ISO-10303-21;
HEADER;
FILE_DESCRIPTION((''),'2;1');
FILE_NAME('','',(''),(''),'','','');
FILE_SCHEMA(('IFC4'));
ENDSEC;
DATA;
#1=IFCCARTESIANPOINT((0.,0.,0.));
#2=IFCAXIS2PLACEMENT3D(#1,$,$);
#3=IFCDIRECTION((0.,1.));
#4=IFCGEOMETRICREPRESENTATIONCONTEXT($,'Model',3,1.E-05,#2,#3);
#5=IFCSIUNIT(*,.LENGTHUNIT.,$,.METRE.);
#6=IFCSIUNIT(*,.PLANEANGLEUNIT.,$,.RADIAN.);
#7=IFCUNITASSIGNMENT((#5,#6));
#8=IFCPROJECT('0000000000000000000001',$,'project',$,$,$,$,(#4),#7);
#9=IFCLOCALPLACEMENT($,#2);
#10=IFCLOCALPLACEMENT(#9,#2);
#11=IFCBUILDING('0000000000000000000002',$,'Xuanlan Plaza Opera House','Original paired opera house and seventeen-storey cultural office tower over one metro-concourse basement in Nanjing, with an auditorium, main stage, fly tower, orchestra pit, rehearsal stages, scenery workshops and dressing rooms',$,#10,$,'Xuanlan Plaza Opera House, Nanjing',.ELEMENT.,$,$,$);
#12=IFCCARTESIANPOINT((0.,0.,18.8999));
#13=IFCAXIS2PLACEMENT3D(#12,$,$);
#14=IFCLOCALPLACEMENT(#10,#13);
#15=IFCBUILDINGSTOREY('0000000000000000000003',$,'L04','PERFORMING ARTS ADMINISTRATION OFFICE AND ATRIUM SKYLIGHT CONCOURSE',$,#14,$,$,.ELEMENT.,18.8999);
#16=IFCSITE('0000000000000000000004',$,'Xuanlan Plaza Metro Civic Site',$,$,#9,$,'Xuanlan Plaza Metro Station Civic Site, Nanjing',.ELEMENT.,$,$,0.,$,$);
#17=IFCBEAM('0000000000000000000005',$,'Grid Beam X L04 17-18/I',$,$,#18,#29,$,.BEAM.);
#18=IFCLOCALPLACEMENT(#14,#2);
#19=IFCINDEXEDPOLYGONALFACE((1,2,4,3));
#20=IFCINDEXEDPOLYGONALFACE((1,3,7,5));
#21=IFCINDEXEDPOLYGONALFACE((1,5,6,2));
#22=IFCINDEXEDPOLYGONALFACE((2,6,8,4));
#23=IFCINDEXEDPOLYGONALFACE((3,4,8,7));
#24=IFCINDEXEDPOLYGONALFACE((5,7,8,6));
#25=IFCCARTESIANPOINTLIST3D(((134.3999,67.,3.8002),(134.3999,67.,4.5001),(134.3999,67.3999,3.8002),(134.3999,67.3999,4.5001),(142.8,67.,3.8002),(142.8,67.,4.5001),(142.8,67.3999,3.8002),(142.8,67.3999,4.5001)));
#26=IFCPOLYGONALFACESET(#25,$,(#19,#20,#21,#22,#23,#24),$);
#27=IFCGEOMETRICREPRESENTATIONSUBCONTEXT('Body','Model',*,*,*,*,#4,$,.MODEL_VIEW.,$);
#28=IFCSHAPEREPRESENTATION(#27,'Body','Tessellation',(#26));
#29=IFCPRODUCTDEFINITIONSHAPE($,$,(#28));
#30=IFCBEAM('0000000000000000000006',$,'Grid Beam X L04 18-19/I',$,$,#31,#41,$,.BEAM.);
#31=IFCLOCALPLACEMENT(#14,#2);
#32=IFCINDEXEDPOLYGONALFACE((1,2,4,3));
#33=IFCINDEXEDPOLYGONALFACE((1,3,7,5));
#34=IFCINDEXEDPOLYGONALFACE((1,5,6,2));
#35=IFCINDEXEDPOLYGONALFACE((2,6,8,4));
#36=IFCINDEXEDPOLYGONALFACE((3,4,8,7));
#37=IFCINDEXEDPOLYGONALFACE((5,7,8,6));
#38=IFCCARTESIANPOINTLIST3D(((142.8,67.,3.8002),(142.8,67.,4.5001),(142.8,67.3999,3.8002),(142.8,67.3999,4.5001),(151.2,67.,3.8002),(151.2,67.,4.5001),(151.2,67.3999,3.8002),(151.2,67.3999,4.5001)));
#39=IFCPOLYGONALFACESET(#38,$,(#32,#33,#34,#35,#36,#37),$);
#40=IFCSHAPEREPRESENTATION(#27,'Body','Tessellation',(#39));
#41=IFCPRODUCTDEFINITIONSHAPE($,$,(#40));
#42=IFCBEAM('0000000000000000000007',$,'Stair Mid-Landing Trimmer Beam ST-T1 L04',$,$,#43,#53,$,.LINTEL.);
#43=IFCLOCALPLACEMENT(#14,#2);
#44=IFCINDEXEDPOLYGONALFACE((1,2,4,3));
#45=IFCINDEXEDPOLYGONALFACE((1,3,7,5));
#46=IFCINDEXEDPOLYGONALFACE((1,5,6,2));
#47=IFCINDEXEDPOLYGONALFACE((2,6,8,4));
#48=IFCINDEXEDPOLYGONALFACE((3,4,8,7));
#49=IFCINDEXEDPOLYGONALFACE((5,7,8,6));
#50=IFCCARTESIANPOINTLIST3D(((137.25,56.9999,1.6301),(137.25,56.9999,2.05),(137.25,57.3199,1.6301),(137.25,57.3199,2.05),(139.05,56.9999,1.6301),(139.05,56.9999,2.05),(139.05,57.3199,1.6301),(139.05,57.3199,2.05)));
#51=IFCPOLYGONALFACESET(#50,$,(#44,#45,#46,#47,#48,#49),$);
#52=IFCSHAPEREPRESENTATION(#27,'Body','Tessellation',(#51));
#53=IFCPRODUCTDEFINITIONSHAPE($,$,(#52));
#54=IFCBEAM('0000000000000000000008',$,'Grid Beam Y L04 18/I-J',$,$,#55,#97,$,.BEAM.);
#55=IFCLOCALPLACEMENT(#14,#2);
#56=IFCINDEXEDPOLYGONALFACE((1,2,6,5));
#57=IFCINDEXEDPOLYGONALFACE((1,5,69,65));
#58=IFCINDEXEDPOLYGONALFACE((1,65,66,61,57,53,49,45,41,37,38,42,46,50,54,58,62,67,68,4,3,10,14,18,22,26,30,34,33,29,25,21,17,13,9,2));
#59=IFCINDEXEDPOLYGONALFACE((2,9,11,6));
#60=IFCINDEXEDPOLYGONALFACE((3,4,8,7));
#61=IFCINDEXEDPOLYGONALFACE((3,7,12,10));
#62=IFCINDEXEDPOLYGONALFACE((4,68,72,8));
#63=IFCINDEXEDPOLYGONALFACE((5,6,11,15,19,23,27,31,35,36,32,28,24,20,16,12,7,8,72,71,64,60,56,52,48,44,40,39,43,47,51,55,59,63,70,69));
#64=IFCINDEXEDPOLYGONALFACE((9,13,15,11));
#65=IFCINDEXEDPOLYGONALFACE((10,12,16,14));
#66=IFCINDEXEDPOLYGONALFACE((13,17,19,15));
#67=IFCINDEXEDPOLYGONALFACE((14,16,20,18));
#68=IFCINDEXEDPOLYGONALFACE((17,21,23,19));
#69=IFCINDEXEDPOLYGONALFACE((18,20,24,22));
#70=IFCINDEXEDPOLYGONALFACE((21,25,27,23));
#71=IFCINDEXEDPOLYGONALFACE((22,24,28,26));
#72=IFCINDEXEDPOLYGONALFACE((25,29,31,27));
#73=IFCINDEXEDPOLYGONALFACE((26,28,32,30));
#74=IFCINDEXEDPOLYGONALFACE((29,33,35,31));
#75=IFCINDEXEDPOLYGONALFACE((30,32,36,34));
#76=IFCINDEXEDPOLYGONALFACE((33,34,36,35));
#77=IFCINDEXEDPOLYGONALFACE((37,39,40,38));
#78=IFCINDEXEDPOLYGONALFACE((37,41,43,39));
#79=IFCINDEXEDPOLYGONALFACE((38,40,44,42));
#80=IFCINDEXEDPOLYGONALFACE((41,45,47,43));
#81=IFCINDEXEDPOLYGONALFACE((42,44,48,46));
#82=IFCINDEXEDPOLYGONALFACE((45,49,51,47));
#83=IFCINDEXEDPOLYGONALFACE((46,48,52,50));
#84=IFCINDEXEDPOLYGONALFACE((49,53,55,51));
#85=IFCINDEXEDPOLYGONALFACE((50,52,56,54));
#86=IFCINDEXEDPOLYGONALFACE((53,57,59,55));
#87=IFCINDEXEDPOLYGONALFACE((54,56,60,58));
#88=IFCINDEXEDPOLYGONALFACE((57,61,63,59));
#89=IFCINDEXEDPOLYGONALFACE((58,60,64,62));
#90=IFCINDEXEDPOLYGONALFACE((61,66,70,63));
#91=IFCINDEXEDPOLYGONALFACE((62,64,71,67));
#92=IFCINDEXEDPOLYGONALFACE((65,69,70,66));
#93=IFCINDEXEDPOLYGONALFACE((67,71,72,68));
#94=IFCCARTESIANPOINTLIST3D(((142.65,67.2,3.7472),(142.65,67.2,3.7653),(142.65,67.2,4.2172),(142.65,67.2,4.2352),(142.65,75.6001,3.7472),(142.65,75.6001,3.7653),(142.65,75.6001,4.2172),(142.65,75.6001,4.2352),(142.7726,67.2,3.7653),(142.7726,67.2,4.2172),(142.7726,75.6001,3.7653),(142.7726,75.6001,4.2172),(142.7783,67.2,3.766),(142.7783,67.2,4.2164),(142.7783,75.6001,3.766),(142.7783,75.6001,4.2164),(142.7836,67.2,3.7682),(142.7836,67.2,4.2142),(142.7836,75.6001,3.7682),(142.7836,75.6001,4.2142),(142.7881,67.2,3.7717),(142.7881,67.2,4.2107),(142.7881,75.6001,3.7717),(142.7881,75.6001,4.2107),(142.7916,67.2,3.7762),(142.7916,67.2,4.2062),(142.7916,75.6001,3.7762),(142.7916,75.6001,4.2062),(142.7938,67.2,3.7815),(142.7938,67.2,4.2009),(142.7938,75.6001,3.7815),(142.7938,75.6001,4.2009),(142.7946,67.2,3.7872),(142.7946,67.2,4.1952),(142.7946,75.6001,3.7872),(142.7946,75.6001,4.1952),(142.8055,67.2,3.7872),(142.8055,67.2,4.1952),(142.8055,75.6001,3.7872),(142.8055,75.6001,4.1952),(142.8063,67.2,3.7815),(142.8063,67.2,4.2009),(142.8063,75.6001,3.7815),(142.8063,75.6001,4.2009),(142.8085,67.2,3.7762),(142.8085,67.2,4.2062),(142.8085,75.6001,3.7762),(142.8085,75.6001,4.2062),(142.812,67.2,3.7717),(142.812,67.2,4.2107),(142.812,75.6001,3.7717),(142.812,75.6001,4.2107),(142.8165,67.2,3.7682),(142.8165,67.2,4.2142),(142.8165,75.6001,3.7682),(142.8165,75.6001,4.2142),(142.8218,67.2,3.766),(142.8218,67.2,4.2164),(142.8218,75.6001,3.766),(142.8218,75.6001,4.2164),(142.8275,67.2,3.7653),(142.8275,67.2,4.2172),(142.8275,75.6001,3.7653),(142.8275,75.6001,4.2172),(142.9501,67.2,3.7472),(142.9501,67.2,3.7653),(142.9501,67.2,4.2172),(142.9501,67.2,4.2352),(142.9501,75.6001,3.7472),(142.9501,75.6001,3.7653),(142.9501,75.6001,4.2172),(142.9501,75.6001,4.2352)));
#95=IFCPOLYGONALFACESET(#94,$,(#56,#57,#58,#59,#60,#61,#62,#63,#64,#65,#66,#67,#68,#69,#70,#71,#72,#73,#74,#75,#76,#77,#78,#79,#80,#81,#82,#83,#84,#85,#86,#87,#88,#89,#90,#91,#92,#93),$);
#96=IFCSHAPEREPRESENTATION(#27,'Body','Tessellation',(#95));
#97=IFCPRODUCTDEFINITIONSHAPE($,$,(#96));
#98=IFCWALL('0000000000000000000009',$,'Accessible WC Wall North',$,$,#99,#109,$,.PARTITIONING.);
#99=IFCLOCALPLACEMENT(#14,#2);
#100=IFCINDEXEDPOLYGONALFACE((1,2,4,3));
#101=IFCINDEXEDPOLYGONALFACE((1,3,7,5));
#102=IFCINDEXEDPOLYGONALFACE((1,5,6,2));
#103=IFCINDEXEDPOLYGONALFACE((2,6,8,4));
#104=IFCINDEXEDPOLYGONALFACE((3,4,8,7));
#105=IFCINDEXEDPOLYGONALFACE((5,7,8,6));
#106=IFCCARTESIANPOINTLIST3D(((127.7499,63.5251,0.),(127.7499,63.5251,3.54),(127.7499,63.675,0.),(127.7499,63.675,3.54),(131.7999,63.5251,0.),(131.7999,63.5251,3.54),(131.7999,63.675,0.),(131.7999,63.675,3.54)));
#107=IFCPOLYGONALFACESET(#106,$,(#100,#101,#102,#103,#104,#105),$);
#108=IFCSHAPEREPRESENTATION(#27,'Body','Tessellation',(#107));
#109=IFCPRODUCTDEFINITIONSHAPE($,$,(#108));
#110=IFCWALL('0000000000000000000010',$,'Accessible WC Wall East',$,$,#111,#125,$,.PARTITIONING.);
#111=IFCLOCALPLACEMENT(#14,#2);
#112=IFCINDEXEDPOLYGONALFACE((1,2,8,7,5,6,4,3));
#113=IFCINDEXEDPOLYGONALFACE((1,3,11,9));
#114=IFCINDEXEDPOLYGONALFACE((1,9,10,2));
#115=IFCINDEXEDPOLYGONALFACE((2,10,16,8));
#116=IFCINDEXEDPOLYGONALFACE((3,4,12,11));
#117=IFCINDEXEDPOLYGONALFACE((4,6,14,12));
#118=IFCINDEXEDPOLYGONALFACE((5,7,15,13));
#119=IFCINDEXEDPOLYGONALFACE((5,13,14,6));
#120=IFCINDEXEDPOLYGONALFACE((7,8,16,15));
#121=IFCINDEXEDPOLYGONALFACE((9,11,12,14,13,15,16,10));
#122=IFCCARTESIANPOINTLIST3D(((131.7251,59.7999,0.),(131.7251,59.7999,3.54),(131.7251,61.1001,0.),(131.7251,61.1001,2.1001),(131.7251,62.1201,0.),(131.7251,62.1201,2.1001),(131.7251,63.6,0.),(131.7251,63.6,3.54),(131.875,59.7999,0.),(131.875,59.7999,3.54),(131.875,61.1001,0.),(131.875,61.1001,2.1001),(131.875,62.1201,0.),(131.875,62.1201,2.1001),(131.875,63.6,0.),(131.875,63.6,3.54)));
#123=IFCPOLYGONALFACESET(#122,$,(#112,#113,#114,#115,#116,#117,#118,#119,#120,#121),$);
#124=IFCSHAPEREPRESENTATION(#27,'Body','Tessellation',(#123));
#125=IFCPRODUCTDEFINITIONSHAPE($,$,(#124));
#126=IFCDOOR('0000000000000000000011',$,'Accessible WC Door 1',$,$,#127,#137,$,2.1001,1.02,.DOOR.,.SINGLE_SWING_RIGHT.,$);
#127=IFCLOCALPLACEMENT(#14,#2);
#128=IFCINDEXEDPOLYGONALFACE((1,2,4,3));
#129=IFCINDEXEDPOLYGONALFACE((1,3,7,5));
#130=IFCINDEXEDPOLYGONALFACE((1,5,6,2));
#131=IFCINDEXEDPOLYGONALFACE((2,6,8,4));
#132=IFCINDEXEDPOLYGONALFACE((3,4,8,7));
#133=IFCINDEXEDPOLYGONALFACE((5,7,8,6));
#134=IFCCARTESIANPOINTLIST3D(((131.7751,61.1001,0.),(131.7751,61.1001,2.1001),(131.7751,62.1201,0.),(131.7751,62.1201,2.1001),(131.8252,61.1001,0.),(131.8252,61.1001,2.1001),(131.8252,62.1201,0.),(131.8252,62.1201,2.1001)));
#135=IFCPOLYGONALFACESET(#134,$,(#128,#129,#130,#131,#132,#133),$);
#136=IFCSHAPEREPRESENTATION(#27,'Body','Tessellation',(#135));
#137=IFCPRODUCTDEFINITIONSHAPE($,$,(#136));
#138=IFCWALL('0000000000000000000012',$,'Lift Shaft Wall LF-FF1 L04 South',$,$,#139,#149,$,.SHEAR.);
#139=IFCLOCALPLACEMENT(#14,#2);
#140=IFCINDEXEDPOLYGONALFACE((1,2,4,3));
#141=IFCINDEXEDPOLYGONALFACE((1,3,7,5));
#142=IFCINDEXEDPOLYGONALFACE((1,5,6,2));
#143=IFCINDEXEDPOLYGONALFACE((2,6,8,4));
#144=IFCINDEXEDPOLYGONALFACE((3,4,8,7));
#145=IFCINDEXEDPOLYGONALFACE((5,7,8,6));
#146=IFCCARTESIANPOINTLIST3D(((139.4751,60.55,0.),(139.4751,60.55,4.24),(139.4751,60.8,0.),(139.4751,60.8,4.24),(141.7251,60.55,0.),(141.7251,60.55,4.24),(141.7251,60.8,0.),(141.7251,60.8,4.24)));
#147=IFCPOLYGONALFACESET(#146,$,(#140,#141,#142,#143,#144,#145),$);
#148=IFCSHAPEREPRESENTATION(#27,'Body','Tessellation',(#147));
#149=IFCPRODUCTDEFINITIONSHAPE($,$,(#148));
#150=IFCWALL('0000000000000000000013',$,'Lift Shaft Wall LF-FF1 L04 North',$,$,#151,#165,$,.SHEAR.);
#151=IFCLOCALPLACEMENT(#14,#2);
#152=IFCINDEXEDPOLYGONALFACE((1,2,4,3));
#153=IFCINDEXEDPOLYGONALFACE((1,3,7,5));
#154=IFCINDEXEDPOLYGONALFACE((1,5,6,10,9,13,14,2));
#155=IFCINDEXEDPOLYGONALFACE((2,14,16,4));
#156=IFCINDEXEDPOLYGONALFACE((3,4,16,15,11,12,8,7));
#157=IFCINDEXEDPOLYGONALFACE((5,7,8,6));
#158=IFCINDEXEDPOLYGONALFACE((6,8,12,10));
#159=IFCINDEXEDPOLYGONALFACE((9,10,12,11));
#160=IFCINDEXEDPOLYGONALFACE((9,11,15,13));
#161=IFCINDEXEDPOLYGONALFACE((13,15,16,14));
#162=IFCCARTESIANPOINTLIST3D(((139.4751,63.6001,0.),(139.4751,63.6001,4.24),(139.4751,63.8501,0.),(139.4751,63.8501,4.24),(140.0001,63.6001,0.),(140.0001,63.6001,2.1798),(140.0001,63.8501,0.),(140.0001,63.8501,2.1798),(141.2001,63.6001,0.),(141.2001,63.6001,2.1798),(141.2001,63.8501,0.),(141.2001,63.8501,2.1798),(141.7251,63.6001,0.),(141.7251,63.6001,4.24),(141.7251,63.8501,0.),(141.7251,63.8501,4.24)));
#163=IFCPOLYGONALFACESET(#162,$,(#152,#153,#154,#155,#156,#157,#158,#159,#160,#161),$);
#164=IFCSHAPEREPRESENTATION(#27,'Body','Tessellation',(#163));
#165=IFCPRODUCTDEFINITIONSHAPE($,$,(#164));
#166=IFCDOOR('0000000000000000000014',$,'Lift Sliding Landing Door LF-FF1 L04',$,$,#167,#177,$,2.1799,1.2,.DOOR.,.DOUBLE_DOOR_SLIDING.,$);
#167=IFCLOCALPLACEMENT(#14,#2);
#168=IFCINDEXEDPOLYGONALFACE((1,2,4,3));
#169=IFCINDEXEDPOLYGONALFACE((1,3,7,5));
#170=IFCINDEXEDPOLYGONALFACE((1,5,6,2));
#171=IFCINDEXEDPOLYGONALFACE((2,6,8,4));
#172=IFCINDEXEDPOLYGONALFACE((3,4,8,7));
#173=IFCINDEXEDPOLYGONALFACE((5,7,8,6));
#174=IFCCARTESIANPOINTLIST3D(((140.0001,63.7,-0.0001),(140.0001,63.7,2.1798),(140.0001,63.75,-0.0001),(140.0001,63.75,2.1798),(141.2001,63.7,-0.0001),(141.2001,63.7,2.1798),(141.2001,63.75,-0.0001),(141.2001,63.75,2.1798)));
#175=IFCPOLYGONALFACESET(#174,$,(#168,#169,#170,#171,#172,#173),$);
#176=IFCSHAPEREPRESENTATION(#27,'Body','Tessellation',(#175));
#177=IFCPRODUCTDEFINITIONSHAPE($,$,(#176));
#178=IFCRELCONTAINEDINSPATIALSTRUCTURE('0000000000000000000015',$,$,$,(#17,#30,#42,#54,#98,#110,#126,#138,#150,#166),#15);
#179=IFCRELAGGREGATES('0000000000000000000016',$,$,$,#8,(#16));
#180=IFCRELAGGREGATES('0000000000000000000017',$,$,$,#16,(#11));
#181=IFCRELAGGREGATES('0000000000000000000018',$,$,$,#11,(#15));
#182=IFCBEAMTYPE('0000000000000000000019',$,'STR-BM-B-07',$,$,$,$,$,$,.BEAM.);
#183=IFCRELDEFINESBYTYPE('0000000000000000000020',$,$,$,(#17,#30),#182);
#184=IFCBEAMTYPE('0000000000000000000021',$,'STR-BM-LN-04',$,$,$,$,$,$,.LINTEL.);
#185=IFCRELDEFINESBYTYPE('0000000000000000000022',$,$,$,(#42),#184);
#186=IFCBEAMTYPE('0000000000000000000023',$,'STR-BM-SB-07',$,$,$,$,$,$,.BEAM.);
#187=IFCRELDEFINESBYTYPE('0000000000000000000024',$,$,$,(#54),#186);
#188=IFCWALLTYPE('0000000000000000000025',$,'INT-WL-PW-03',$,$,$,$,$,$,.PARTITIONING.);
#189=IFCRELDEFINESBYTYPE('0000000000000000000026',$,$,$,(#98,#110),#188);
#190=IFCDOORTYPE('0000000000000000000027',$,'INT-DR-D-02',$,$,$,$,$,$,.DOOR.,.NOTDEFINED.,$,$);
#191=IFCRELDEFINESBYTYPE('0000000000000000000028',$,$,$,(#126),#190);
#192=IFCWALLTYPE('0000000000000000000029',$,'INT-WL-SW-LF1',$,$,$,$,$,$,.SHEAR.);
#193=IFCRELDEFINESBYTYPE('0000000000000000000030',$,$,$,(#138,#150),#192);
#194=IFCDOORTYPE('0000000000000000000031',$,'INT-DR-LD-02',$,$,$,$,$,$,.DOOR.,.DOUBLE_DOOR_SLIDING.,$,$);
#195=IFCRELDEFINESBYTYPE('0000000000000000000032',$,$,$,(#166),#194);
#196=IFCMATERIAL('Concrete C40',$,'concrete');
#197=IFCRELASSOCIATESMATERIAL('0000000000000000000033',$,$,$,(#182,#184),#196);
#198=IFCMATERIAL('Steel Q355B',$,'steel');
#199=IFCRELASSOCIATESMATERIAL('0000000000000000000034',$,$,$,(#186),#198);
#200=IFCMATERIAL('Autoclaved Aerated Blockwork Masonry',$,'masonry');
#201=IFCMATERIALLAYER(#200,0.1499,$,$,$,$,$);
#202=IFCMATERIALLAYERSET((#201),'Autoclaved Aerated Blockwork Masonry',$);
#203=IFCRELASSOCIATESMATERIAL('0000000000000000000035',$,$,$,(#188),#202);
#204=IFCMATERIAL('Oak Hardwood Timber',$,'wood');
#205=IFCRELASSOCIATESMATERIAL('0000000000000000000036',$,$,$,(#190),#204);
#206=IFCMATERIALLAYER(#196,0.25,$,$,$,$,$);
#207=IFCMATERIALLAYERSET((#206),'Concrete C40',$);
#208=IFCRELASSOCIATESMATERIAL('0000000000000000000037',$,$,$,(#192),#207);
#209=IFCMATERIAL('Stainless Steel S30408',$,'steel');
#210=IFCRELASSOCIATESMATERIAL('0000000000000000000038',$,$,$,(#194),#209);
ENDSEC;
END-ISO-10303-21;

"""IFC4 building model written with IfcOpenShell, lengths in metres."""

from ifc_helpers import new_model, si_unit, direction, frame, frame_2d, origin, origin_2d, place, context, subcontext, project, spatial, rectangle, i_section, extrude, material, layer, layer_set, material_profile, profile_set, type_object, element, fill, save


model = new_model("IFC4")

# Units and contexts
model_context = context("Model", 3, precision=1e-05, world=origin(), true_north=direction((0.0, 1.0)))
body_context = subcontext(model_context, "Body", "Model", "MODEL_VIEW")
ifc_project = project(units=[si_unit("LENGTHUNIT", "METRE"), si_unit("PLANEANGLEUNIT", "RADIAN")], contexts=[model_context])

# Site, building, storey
site_placement = place(None, origin())
site = spatial("IfcSite", under=ifc_project, at=site_placement, Name="Xuanlan Plaza Metro Civic Site", LongName="Xuanlan Plaza Metro Station Civic Site, Nanjing", CompositionType="ELEMENT", RefElevation=0.0)
building_placement = place(site_placement, origin())
building = spatial("IfcBuilding", under=site, at=building_placement, Name="Xuanlan Plaza Opera House", Description="Original paired opera house and seventeen-storey cultural office tower over one metro-concourse basement in Nanjing, with an auditorium, main stage, fly tower, orchestra pit, rehearsal stages, scenery workshops and dressing rooms", LongName="Xuanlan Plaza Opera House, Nanjing", CompositionType="ELEMENT")
storey_placement = place(building_placement, frame((0.0, 0.0, 18.8999)))
storey = spatial("IfcBuildingStorey", under=building, at=storey_placement, Name="L04", Description="PERFORMING ARTS ADMINISTRATION OFFICE AND ATRIUM SKYLIGHT CONCOURSE", CompositionType="ELEMENT", Elevation=18.8999)

# Shared definitions
ifc_material_1 = material(Name="Steel Q355B", Category="steel")

# Beams
ifc_material_2 = material(Name="Concrete C40", Category="concrete")
ifc_material_profile_1 = material_profile(ifc_material_2, rectangle(XDim=0.3999, YDim=0.7, at=origin_2d()), Name="RC-BM 400x700")
ifc_profile_set_1 = profile_set([ifc_material_profile_1], Name="Concrete C40")
beam_type_1 = type_object("IfcBeamType", Name="STR-BM-B-07", PredefinedType="BEAM", material=ifc_profile_set_1)
beam_1_placement = place(storey_placement, frame((134.3999, 67.2, 4.1501), z_axis=(1.0, 0.0, 0.0), x_axis=(0.0, 1.0, 0.0)))
element("IfcBeam", 1, at=beam_1_placement, inside=storey, type_object=beam_type_1, Name="Grid Beam X L04 17-18/I", PredefinedType="BEAM", context=body_context, shape_type="SweptSolid", body=[
    extrude(rectangle(XDim=0.3999, YDim=0.7, at=origin_2d()), origin(), (0.0, 0.0, 1.0), 8.4001),
])
beam_2_placement = place(storey_placement, frame((142.8, 67.2, 4.1501), z_axis=(1.0, 0.0, 0.0), x_axis=(0.0, 1.0, 0.0)))
element("IfcBeam", 2, at=beam_2_placement, inside=storey, type_object=beam_type_1, Name="Grid Beam X L04 18-19/I", PredefinedType="BEAM", context=body_context, shape_type="SweptSolid", body=[
    extrude(rectangle(XDim=0.3999, YDim=0.7, at=origin_2d()), origin(), (0.0, 0.0, 1.0), 8.3999),
])
ifc_material_profile_2 = material_profile(ifc_material_2, rectangle(XDim=0.3201, YDim=0.4199, at=origin_2d()), Name="RC-LNT 320x420")
ifc_profile_set_2 = profile_set([ifc_material_profile_2], Name="Concrete C40")
beam_type_2 = type_object("IfcBeamType", Name="STR-BM-LN-04", PredefinedType="LINTEL", material=ifc_profile_set_2)
beam_3_placement = place(storey_placement, frame((137.25, 57.1599, 1.8401), z_axis=(1.0, 0.0, 0.0), x_axis=(0.0, 1.0, 0.0)))
element("IfcBeam", 3, at=beam_3_placement, inside=storey, type_object=beam_type_2, Name="Stair Mid-Landing Trimmer Beam ST-T1 L04", PredefinedType="LINTEL", context=body_context, shape_type="SweptSolid", body=[
    extrude(rectangle(XDim=0.3201, YDim=0.4199, at=origin_2d()), origin(), (0.0, 0.0, 1.0), 1.8),
])
ifc_material_profile_3 = material_profile(ifc_material_1, i_section(OverallWidth=0.3, OverallDepth=0.488, WebThickness=0.011, FlangeThickness=0.0181, FilletRadius=0.022, at=origin_2d()), Name="HM 488x300x11x18")
ifc_profile_set_3 = profile_set([ifc_material_profile_3], Name="Steel Q355B")
beam_type_3 = type_object("IfcBeamType", Name="STR-BM-SB-07", PredefinedType="BEAM", material=ifc_profile_set_3)
beam_4_placement = place(storey_placement, frame((142.8, 67.2, 3.9912), z_axis=(0.0, 1.0, 0.0), x_axis=(-1.0, 0.0, 0.0)))
element("IfcBeam", 4, at=beam_4_placement, inside=storey, type_object=beam_type_3, Name="Grid Beam Y L04 18/I-J", PredefinedType="BEAM", context=body_context, shape_type="SweptSolid", body=[
    extrude(i_section(OverallWidth=0.3, OverallDepth=0.488, WebThickness=0.011, FlangeThickness=0.0181, FilletRadius=0.022, at=origin_2d()), origin(), (0.0, 0.0, 1.0), 8.4001),
])

# Wall
ifc_material_3 = material(Name="Autoclaved Aerated Blockwork Masonry", Category="masonry")
ifc_layer_1 = layer(ifc_material_3, 0.1499)
ifc_layer_set_1 = layer_set([ifc_layer_1], Name="Autoclaved Aerated Blockwork Masonry")
wall_type_1 = type_object("IfcWallType", Name="INT-WL-PW-03", PredefinedType="PARTITIONING", material=ifc_layer_set_1)
wall_1_placement = place(storey_placement, frame((127.75, 63.6001, 0.0), z_axis=(0.0, 0.0, 1.0), x_axis=(1.0, 0.0, 0.0)))
element("IfcWall", 5, at=wall_1_placement, inside=storey, type_object=wall_type_1, Name="Accessible WC Wall North", PredefinedType="PARTITIONING", context=body_context, shape_type="SweptSolid", body=[
    extrude(rectangle(XDim=4.05, YDim=0.1499, at=frame_2d((2.0249, 0.0))), origin(), (0.0, 0.0, 1.0), 3.54),
])

# Wall, opening, door
wall_2_placement = place(storey_placement, frame((131.8, 59.8, 0.0), z_axis=(0.0, 0.0, 1.0), x_axis=(0.0, 1.0, 0.0)))
wall_2 = element("IfcWall", 6, at=wall_2_placement, inside=storey, type_object=wall_type_1, Name="Accessible WC Wall East", PredefinedType="PARTITIONING", context=body_context, shape_type="SweptSolid", body=[
    extrude(rectangle(XDim=3.8, YDim=0.1499, at=frame_2d((1.8999, 0.0))), origin(), (0.0, 0.0, 1.0), 3.54),
])
opening_1_placement = place(wall_2_placement, frame((1.3, 0.0, 0.0)))
opening_1 = element("IfcOpeningElement", 7, at=opening_1_placement, cuts=wall_2, PredefinedType="OPENING", context=body_context, shape_type="SweptSolid", body=[
    extrude(rectangle(XDim=1.02, YDim=2.1001, at=frame_2d((0.51, 1.05))), frame((0.0, 0.085, 0.0), z_axis=(0.0, -1.0, 0.0), x_axis=(1.0, 0.0, 0.0)), (0.0, 0.0, 1.0), 0.1699),
])
ifc_material_4 = material(Name="Oak Hardwood Timber", Category="wood")
door_type_1 = type_object("IfcDoorType", Name="INT-DR-D-02", OperationType="NOTDEFINED", PredefinedType="DOOR", material=ifc_material_4)
door_1_placement = place(opening_1_placement, origin())
door_1 = element("IfcDoor", 8, at=door_1_placement, inside=storey, type_object=door_type_1, Name="Accessible WC Door 1", OperationType="SINGLE_SWING_RIGHT", OverallHeight=2.1001, OverallWidth=1.02, PredefinedType="DOOR", context=body_context, shape_type="SweptSolid", body=[
    extrude(rectangle(XDim=1.02, YDim=2.1001, at=frame_2d((0.51, 1.05))), frame((0.0, 0.0249, 0.0), z_axis=(0.0, -1.0, 0.0), x_axis=(1.0, 0.0, 0.0)), (0.0, 0.0, 1.0), 0.05),
])
fill(opening_1, door_1)

# Wall
ifc_layer_2 = layer(ifc_material_2, 0.25)
ifc_layer_set_2 = layer_set([ifc_layer_2], Name="Concrete C40")
wall_type_2 = type_object("IfcWallType", Name="INT-WL-SW-LF1", PredefinedType="SHEAR", material=ifc_layer_set_2)
wall_3_placement = place(storey_placement, frame((139.4751, 60.675, 0.0), z_axis=(0.0, 0.0, 1.0), x_axis=(1.0, 0.0, 0.0)))
element("IfcWall", 9, at=wall_3_placement, inside=storey, type_object=wall_type_2, Name="Lift Shaft Wall LF-FF1 L04 South", PredefinedType="SHEAR", context=body_context, shape_type="SweptSolid", body=[
    extrude(rectangle(XDim=2.25, YDim=0.25, at=frame_2d((1.125, 0.0))), origin(), (0.0, 0.0, 1.0), 4.24),
])

# Wall, opening, door
wall_4_placement = place(storey_placement, frame((139.4751, 63.7251, 0.0), z_axis=(0.0, 0.0, 1.0), x_axis=(1.0, 0.0, 0.0)))
wall_4 = element("IfcWall", 10, at=wall_4_placement, inside=storey, type_object=wall_type_2, Name="Lift Shaft Wall LF-FF1 L04 North", PredefinedType="SHEAR", context=body_context, shape_type="SweptSolid", body=[
    extrude(rectangle(XDim=2.25, YDim=0.25, at=frame_2d((1.125, 0.0))), origin(), (0.0, 0.0, 1.0), 4.24),
])
opening_2_placement = place(wall_4_placement, frame((0.5249, 0.0, 0.0)))
opening_2 = element("IfcOpeningElement", 11, at=opening_2_placement, cuts=wall_4, PredefinedType="OPENING", context=body_context, shape_type="SweptSolid", body=[
    extrude(rectangle(XDim=1.2, YDim=2.1799, at=frame_2d((0.6001, 1.0898))), frame((0.0, 0.135, 0.0), z_axis=(0.0, -1.0, 0.0), x_axis=(1.0, 0.0, 0.0)), (0.0, 0.0, 1.0), 0.27),
])
ifc_material_5 = material(Name="Stainless Steel S30408", Category="steel")
door_type_2 = type_object("IfcDoorType", Name="INT-DR-LD-02", OperationType="DOUBLE_DOOR_SLIDING", PredefinedType="DOOR", material=ifc_material_5)
door_2_placement = place(opening_2_placement, origin())
door_2 = element("IfcDoor", 12, at=door_2_placement, inside=storey, type_object=door_type_2, Name="Lift Sliding Landing Door LF-FF1 L04", OperationType="DOUBLE_DOOR_SLIDING", OverallHeight=2.1799, OverallWidth=1.2, PredefinedType="DOOR", context=body_context, shape_type="SweptSolid", body=[
    extrude(rectangle(XDim=1.2, YDim=2.1799, at=frame_2d((0.6001, 1.0898))), frame((0.0, 0.0249, 0.0), z_axis=(0.0, -1.0, 0.0), x_axis=(1.0, 0.0, 0.0)), (0.0, 0.0, 1.0), 0.05),
])
fill(opening_2, door_2)

save(model, "model.ifc")
